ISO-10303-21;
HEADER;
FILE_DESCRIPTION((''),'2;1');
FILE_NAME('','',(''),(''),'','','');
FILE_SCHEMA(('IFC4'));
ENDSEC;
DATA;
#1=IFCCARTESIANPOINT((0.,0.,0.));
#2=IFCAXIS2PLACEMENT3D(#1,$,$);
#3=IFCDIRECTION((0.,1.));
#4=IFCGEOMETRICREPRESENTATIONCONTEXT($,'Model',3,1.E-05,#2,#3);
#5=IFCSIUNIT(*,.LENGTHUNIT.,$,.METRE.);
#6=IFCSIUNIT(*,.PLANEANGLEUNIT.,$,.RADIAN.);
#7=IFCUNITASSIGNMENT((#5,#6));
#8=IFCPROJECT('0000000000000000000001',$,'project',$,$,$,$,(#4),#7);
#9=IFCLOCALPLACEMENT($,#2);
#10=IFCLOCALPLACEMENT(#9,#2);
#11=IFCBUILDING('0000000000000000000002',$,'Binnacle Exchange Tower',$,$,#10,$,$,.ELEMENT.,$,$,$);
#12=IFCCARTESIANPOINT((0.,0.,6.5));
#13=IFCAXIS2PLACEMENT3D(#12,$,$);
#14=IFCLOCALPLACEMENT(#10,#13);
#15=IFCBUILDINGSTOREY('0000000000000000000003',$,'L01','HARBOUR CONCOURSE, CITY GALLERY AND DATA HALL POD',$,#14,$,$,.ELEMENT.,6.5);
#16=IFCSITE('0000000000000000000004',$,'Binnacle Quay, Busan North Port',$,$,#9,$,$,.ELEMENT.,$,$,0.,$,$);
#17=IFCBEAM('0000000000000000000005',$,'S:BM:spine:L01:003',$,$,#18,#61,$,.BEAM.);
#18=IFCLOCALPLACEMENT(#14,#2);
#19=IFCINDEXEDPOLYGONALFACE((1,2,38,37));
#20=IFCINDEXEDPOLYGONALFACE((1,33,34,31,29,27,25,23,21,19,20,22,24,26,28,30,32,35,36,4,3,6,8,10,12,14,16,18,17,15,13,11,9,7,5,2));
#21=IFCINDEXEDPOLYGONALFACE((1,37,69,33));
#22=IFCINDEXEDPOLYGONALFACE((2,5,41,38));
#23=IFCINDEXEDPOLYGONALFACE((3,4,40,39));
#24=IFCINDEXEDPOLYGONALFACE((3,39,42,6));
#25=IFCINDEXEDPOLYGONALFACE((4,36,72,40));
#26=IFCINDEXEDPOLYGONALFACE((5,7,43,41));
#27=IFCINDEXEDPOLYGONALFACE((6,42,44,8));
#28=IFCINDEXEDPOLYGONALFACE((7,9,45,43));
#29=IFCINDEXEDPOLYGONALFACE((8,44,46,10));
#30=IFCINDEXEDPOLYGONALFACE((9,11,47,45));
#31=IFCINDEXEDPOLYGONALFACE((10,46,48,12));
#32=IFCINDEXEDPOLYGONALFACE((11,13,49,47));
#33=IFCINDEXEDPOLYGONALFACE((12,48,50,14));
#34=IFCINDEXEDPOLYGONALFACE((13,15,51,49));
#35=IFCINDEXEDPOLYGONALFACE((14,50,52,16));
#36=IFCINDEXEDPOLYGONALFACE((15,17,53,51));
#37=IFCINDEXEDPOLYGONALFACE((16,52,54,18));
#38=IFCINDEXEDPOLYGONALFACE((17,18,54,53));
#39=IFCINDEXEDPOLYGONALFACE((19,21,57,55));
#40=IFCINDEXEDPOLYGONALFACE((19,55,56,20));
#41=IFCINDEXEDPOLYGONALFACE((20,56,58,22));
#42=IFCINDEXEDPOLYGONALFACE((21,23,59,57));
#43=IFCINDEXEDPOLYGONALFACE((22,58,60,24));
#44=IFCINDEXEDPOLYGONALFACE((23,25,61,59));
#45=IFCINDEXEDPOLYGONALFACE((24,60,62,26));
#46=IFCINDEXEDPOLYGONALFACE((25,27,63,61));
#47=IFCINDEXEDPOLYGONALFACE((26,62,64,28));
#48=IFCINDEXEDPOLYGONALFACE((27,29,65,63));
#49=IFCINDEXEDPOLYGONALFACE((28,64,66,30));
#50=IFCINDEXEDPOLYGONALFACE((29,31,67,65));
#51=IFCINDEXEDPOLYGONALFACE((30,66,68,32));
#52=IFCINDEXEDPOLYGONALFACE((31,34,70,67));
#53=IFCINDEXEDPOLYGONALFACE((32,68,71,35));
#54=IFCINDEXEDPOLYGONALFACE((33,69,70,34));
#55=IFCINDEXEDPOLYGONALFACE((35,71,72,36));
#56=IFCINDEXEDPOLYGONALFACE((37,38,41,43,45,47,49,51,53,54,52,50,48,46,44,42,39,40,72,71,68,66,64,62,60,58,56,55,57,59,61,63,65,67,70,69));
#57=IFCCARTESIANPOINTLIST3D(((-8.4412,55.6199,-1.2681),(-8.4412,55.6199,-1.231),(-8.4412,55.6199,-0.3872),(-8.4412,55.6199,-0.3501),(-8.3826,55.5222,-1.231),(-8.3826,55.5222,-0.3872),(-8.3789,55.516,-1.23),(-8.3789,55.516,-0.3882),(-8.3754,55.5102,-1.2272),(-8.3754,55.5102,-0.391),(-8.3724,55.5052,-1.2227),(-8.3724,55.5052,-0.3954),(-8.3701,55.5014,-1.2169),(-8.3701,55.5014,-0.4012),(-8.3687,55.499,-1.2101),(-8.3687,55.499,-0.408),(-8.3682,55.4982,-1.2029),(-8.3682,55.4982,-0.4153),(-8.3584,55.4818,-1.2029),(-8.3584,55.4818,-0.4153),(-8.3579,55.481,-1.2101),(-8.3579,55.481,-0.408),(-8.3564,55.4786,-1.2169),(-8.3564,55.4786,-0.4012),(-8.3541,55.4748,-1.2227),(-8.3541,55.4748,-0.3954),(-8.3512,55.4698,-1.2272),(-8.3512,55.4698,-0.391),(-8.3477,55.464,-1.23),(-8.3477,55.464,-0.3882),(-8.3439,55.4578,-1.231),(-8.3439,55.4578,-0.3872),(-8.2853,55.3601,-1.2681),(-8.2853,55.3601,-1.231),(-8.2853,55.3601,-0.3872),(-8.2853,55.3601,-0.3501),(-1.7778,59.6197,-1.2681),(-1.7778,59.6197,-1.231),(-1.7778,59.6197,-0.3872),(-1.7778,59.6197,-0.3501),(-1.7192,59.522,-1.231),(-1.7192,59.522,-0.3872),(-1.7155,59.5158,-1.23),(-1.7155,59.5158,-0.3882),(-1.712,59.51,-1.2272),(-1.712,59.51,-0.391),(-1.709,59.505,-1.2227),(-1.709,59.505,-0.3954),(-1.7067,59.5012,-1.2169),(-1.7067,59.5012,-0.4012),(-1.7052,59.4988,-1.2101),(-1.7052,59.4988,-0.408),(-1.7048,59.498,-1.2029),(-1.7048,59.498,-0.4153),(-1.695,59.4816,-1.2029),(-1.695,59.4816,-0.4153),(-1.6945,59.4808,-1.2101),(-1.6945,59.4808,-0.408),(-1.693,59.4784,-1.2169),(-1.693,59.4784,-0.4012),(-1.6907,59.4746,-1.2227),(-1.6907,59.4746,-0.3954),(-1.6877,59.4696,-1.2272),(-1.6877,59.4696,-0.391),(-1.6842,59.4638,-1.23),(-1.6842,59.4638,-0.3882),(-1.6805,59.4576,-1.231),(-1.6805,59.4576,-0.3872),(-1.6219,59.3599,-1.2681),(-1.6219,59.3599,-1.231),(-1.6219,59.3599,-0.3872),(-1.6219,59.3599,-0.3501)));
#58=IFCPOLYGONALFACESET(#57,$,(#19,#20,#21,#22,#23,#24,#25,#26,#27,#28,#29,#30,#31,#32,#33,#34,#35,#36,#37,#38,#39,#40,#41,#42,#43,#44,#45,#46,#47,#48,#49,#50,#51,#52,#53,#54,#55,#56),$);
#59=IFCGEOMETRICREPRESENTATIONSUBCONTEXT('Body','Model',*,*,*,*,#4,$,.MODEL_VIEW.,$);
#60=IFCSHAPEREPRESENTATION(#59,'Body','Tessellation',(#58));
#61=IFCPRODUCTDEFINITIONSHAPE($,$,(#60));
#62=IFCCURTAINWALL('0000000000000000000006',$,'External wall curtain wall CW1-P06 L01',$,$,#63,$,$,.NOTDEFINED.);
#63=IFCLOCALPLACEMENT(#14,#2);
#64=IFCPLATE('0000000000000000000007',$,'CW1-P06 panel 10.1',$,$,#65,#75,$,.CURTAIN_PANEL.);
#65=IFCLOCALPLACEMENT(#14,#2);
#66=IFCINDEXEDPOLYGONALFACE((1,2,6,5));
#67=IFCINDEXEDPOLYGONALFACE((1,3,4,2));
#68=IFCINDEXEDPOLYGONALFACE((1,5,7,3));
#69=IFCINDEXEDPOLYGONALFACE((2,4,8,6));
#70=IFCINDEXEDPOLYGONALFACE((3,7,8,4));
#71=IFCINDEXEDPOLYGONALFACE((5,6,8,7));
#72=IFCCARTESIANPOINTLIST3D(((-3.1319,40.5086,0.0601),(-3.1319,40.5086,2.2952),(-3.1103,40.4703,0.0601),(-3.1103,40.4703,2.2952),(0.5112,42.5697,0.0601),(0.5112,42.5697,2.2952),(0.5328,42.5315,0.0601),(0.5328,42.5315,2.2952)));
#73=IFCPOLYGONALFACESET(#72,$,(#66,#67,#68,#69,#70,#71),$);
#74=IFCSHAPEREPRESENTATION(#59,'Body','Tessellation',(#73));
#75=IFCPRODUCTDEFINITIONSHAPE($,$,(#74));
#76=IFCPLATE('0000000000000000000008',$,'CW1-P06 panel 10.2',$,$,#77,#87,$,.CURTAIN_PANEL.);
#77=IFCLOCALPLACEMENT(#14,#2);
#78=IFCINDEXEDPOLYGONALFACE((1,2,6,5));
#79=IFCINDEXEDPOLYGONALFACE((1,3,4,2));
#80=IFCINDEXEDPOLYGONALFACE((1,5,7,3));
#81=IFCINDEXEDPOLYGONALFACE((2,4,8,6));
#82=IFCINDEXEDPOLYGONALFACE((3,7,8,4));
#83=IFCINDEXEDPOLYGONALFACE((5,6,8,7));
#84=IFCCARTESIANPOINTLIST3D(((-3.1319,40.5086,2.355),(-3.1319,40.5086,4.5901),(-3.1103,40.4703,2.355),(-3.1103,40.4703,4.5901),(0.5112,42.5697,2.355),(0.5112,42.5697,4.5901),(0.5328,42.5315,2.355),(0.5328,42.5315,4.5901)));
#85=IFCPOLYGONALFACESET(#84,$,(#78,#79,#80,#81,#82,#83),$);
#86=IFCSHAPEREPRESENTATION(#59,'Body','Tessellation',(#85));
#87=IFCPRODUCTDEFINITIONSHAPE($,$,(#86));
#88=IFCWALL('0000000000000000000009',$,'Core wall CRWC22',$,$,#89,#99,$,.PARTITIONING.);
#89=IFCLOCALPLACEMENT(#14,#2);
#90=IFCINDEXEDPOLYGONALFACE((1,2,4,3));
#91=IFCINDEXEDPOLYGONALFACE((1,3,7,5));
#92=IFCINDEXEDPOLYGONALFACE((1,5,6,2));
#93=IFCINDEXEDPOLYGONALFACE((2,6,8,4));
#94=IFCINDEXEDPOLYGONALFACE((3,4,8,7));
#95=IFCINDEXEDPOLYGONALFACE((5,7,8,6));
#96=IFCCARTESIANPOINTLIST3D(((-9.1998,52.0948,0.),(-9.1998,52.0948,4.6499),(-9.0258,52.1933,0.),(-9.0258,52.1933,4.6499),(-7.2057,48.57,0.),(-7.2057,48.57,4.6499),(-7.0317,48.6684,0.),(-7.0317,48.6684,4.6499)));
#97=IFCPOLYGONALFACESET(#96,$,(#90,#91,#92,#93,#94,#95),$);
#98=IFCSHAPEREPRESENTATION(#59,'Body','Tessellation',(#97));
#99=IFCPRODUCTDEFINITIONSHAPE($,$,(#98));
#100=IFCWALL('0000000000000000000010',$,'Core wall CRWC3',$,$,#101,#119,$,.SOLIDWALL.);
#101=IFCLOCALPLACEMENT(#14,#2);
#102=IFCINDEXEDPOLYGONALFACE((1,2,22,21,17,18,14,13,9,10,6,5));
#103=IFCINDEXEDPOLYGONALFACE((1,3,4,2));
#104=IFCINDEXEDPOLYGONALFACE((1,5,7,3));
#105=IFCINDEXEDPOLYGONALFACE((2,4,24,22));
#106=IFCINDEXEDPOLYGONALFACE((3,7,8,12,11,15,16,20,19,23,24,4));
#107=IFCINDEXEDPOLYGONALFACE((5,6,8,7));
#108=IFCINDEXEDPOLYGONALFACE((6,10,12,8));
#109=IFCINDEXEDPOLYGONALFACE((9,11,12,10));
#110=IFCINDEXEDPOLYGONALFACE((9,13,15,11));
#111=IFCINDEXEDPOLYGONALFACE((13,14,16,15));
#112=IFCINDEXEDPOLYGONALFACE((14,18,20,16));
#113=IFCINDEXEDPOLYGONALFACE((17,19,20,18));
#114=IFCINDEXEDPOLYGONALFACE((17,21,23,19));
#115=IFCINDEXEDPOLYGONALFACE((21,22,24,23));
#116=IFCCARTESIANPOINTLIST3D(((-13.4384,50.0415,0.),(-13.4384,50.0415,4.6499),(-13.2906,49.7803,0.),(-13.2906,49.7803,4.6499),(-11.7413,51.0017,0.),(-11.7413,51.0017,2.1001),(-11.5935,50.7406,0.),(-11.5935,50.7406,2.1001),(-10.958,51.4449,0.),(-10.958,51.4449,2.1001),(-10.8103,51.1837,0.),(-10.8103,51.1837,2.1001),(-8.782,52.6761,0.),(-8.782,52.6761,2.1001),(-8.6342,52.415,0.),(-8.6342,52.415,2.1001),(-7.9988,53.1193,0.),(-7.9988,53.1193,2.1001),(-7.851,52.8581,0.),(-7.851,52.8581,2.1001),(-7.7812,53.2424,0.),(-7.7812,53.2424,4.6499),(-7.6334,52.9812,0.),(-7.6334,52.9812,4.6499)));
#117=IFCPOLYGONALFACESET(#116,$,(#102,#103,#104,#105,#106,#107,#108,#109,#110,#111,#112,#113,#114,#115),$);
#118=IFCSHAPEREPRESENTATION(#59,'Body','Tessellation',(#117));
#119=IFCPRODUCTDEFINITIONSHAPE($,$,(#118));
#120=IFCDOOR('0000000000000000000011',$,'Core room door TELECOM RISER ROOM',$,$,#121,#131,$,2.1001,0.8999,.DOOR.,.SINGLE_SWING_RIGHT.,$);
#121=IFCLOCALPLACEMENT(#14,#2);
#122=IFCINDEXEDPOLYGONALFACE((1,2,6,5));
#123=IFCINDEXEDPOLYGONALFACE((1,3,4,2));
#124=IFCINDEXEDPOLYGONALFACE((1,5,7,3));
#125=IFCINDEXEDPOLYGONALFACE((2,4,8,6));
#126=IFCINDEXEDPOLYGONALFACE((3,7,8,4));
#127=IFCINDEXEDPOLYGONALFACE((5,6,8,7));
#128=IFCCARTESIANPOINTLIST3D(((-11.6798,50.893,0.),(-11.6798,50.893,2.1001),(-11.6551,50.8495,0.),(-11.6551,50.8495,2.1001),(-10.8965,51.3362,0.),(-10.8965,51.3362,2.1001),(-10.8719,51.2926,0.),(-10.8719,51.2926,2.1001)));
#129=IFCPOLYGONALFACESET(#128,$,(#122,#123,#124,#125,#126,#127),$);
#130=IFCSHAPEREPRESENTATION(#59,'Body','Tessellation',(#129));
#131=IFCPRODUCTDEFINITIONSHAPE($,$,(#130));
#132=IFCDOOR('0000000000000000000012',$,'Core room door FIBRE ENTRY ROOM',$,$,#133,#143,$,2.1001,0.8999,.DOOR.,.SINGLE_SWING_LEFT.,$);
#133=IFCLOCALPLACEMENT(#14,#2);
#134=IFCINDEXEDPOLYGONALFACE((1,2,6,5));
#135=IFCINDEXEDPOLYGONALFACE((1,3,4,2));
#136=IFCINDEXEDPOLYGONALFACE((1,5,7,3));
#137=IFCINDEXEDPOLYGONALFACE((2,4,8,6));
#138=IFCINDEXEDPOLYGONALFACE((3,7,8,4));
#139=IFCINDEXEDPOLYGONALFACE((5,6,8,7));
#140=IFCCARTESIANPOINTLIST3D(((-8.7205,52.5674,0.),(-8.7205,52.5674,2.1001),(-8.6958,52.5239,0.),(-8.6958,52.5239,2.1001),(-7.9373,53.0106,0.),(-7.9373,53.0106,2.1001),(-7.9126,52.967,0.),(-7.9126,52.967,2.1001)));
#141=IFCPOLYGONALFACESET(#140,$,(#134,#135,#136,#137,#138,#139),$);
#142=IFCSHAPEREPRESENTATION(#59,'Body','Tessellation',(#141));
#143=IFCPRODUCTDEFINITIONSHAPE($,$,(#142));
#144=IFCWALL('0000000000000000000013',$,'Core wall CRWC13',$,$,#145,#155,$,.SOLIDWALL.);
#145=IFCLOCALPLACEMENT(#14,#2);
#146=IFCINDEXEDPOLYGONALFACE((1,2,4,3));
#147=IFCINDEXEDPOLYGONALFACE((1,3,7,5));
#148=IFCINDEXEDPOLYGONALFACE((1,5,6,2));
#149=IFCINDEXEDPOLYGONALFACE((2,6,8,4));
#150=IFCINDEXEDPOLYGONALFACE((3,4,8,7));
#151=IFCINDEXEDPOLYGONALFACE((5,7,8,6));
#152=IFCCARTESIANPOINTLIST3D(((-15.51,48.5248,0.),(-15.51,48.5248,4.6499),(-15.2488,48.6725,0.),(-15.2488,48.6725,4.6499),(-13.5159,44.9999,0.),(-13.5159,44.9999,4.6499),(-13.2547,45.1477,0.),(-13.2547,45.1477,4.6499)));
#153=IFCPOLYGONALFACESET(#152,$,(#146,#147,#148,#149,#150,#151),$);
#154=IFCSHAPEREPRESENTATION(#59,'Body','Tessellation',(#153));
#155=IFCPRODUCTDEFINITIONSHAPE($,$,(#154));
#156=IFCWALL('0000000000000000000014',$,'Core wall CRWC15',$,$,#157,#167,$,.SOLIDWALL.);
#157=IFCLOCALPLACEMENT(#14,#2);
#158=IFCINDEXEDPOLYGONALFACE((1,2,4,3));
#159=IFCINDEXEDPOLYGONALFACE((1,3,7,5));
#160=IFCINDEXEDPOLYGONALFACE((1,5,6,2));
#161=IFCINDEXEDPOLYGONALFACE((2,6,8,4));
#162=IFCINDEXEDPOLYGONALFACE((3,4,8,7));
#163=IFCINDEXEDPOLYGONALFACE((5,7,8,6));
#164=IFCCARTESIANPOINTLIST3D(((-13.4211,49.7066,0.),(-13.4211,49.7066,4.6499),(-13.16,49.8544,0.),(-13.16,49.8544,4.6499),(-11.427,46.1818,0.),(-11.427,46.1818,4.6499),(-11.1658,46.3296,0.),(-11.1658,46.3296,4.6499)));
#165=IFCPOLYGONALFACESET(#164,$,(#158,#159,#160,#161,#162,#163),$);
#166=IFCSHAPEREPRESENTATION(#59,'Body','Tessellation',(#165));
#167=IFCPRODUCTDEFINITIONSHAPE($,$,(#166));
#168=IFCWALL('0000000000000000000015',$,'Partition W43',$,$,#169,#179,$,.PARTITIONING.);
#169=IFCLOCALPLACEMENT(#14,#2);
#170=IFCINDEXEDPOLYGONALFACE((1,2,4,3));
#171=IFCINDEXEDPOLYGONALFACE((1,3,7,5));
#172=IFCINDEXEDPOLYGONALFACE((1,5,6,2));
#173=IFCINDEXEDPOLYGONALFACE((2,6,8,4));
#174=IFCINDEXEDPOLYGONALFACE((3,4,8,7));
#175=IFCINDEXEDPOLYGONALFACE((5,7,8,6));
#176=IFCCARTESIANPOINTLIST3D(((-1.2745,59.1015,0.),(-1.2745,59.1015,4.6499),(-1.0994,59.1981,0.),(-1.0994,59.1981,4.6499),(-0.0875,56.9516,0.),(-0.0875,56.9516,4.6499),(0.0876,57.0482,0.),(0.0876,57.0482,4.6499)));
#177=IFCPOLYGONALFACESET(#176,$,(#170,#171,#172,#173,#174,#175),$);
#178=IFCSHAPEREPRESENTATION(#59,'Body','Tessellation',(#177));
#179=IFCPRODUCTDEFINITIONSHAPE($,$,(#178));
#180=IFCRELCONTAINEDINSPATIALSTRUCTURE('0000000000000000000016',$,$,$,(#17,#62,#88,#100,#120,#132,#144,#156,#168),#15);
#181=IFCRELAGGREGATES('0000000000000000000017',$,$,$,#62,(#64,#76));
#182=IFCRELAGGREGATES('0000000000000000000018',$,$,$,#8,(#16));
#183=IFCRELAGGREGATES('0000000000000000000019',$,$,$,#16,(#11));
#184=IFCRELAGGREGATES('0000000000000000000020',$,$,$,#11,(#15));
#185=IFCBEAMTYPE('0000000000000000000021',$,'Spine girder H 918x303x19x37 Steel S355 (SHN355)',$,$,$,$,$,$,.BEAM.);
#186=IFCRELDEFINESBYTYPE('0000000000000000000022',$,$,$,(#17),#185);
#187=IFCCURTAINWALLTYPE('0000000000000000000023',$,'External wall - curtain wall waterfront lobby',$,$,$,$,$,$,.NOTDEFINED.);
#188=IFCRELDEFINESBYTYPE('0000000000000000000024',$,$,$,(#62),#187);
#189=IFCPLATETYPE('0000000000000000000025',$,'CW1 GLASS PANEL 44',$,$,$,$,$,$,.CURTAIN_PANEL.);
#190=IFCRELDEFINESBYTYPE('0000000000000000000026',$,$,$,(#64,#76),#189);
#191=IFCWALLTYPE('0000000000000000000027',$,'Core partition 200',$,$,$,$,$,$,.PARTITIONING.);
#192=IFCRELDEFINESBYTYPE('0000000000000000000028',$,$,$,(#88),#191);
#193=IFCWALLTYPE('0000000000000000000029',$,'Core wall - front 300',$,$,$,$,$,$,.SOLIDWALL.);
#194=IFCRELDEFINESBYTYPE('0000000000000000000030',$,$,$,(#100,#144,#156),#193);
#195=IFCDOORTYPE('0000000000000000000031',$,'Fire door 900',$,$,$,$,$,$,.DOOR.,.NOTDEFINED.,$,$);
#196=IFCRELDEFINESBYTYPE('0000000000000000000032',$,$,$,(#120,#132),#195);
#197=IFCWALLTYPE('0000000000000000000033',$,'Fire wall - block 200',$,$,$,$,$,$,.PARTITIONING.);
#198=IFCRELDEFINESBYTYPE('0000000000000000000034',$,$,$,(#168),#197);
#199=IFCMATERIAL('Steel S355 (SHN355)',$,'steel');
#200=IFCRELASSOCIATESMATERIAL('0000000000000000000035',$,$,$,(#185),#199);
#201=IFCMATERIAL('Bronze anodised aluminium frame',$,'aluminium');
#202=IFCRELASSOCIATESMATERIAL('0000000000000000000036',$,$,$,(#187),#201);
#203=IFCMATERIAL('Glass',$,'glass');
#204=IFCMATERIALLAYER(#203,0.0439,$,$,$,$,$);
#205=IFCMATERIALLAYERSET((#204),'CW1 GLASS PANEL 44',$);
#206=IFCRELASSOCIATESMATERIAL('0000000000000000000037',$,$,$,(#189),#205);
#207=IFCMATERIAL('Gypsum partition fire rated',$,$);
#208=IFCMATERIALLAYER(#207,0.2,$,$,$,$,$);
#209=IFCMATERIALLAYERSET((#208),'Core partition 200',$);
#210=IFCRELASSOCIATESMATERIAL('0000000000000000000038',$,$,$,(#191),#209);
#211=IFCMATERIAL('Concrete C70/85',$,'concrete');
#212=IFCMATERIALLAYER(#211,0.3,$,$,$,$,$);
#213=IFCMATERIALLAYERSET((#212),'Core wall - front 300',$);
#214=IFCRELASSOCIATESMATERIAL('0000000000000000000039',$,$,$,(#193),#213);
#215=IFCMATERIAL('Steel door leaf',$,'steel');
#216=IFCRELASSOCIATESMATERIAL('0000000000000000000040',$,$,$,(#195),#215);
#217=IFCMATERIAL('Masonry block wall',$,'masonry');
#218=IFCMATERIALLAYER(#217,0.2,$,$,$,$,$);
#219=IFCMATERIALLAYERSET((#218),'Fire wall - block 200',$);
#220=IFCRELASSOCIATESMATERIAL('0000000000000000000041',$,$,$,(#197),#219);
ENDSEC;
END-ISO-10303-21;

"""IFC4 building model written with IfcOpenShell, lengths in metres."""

from ifc_helpers import new_model, si_unit, direction, frame, frame_2d, origin, origin_2d, place, context, subcontext, project, spatial, rectangle, i_section, extrude, material, layer, layer_set, material_profile, profile_set, type_object, element, fill, aggregate, save


model = new_model("IFC4")

# Units and contexts
model_context = context("Model", 3, precision=1e-05, world=origin(), true_north=direction((0.0, 1.0)))
body_context = subcontext(model_context, "Body", "Model", "MODEL_VIEW")
ifc_project = project(units=[si_unit("LENGTHUNIT", "METRE"), si_unit("PLANEANGLEUNIT", "RADIAN")], contexts=[model_context])

# Site, building, storey
site_placement = place(None, origin())
site = spatial("IfcSite", under=ifc_project, at=site_placement, Name="Binnacle Quay, Busan North Port", CompositionType="ELEMENT", RefElevation=0.0)
building_placement = place(site_placement, origin())
building = spatial("IfcBuilding", under=site, at=building_placement, Name="Binnacle Exchange Tower", CompositionType="ELEMENT")
storey_placement = place(building_placement, frame((0.0, 0.0, 6.5)))
storey = spatial("IfcBuildingStorey", under=building, at=storey_placement, Name="L01", Description="HARBOUR CONCOURSE, CITY GALLERY AND DATA HALL POD", CompositionType="ELEMENT", Elevation=6.5)

# Shared definitions
ifc_material_1 = material(Name="Concrete C70/85", Category="concrete")

# Beam
ifc_material_2 = material(Name="Steel S355 (SHN355)", Category="steel")
ifc_material_profile_1 = material_profile(ifc_material_2, i_section(OverallWidth=0.303, OverallDepth=0.918, WebThickness=0.019, FlangeThickness=0.0371, FilletRadius=0.0281, at=origin_2d()), Name="H 918x303x19x37")
ifc_profile_set_1 = profile_set([ifc_material_profile_1], Name="Steel S355 (SHN355)")
beam_type_1 = type_object("IfcBeamType", Name="Spine girder H 918x303x19x37 Steel S355 (SHN355)", PredefinedType="BEAM", material=ifc_profile_set_1)
beam_1_placement = place(storey_placement, frame((-8.3633, 55.49, -0.8091), z_axis=(0.857393, 0.514662, 0.0), x_axis=(-0.514662, 0.857393, 0.0)))
element("IfcBeam", 1, at=beam_1_placement, inside=storey, type_object=beam_type_1, Name="S:BM:spine:L01:003", PredefinedType="BEAM", context=body_context, shape_type="SweptSolid", body=[
    extrude(i_section(OverallWidth=0.303, OverallDepth=0.918, WebThickness=0.019, FlangeThickness=0.0371, FilletRadius=0.0281, at=origin_2d()), origin(), (0.0, 0.0, 1.0), 7.7717),
])

# Curtain wall, plates
ifc_material_3 = material(Name="Bronze anodised aluminium frame", Category="aluminium")
curtain_wall_type = type_object("IfcCurtainWallType", Name="External wall - curtain wall waterfront lobby", PredefinedType="NOTDEFINED", material=ifc_material_3)
curtain_wall_placement = place(storey_placement, origin())
curtain_wall = element("IfcCurtainWall", 2, at=curtain_wall_placement, inside=storey, type_object=curtain_wall_type, Name="External wall curtain wall CW1-P06 L01", PredefinedType="NOTDEFINED")
ifc_material_4 = material(Name="Glass", Category="glass")
ifc_layer_1 = layer(ifc_material_4, 0.0439)
ifc_layer_set_1 = layer_set([ifc_layer_1], Name="CW1 GLASS PANEL 44")
plate_type = type_object("IfcPlateType", Name="CW1 GLASS PANEL 44", PredefinedType="CURTAIN_PANEL", material=ifc_layer_set_1)
plate_1_placement = place(storey_placement, frame((-1.2996, 41.52, 0.0601), z_axis=(0.0, 0.0, 1.0), x_axis=(0.870356, 0.492424, 0.0)))
plate_1 = element("IfcPlate", 3, at=plate_1_placement, type_object=plate_type, Name="CW1-P06 panel 10.1", PredefinedType="CURTAIN_PANEL", context=body_context, shape_type="SweptSolid", body=[
    extrude(rectangle(XDim=4.1858, YDim=0.0439, at=origin_2d()), origin(), (0.0, 0.0, 1.0), 2.2351),
])
plate_2_placement = place(storey_placement, frame((-1.2996, 41.52, 2.355), z_axis=(0.0, 0.0, 1.0), x_axis=(0.870356, 0.492424, 0.0)))
plate_2 = element("IfcPlate", 4, at=plate_2_placement, type_object=plate_type, Name="CW1-P06 panel 10.2", PredefinedType="CURTAIN_PANEL", context=body_context, shape_type="SweptSolid", body=[
    extrude(rectangle(XDim=4.1858, YDim=0.0439, at=origin_2d()), origin(), (0.0, 0.0, 1.0), 2.2351),
])
aggregate(curtain_wall, [plate_1, plate_2])

# Wall
ifc_material_5 = material(Name="Gypsum partition fire rated")
ifc_layer_2 = layer(ifc_material_5, 0.2)
ifc_layer_set_2 = layer_set([ifc_layer_2], Name="Core partition 200")
wall_type_1 = type_object("IfcWallType", Name="Core partition 200", PredefinedType="PARTITIONING", material=ifc_layer_set_2)
wall_1_placement = place(storey_placement, frame((-9.1128, 52.144, 0.0), z_axis=(0.0, 0.0, 1.0), x_axis=(0.492395, -0.870372, 0.0)))
element("IfcWall", 5, at=wall_1_placement, inside=storey, type_object=wall_type_1, Name="Core wall CRWC22", PredefinedType="PARTITIONING", context=body_context, shape_type="SweptSolid", body=[
    extrude(rectangle(XDim=4.0498, YDim=0.2, at=frame_2d((2.0249, 0.0))), origin(), (0.0, 0.0, 1.0), 4.6499),
])

# Wall, openings, doors
ifc_layer_3 = layer(ifc_material_1, 0.3)
ifc_layer_set_3 = layer_set([ifc_layer_3], Name="Core wall - front 300")
wall_type_2 = type_object("IfcWallType", Name="Core wall - front 300", PredefinedType="SOLIDWALL", material=ifc_layer_set_3)
wall_2_placement = place(storey_placement, frame((-13.3645, 49.9109, 0.0), z_axis=(0.0, 0.0, 1.0), x_axis=(0.870341, 0.49245, 0.0)))
wall_2 = element("IfcWall", 6, at=wall_2_placement, inside=storey, type_object=wall_type_2, Name="Core wall CRWC3", PredefinedType="SOLIDWALL", context=body_context, shape_type="SweptSolid", body=[
    extrude(rectangle(XDim=6.5, YDim=0.3, at=frame_2d((3.25, 0.0))), origin(), (0.0, 0.0, 1.0), 4.6499),
])
opening_1_placement = place(wall_2_placement, frame((1.95, 0.0, 0.0)))
opening_1 = element("IfcOpeningElement", 7, at=opening_1_placement, cuts=wall_2, PredefinedType="OPENING", context=body_context, shape_type="SweptSolid", body=[
    extrude(rectangle(XDim=0.8999, YDim=2.1001, at=frame_2d((0.45, 1.05))), frame((0.0, 0.1599, 0.0), z_axis=(0.0, -1.0, 0.0), x_axis=(1.0, 0.0, 0.0)), (0.0, 0.0, 1.0), 0.3201),
])
opening_2_placement = place(wall_2_placement, frame((5.3501, 0.0, 0.0)))
opening_2 = element("IfcOpeningElement", 8, at=opening_2_placement, cuts=wall_2, PredefinedType="OPENING", context=body_context, shape_type="SweptSolid", body=[
    extrude(rectangle(XDim=0.8999, YDim=2.1001, at=frame_2d((0.45, 1.05))), frame((0.0, 0.1599, 0.0), z_axis=(0.0, -1.0, 0.0), x_axis=(1.0, 0.0, 0.0)), (0.0, 0.0, 1.0), 0.3201),
])
ifc_material_6 = material(Name="Steel door leaf", Category="steel")
door_type_1 = type_object("IfcDoorType", Name="Fire door 900", OperationType="NOTDEFINED", PredefinedType="DOOR", material=ifc_material_6)
door_1_placement = place(opening_1_placement, frame((0.8999, 0.0, 0.0), z_axis=(0.0, 0.0, 1.0), x_axis=(-1.0, 0.0, 0.0)))
door_1 = element("IfcDoor", 9, at=door_1_placement, inside=storey, type_object=door_type_1, Name="Core room door TELECOM RISER ROOM", OperationType="SINGLE_SWING_RIGHT", OverallHeight=2.1001, OverallWidth=0.8999, PredefinedType="DOOR", context=body_context, shape_type="SweptSolid", body=[
    extrude(rectangle(XDim=0.8999, YDim=2.1001, at=frame_2d((0.45, 1.05))), frame((0.0, 0.0249, 0.0), z_axis=(0.0, -1.0, 0.0), x_axis=(1.0, 0.0, 0.0)), (0.0, 0.0, 1.0), 0.05),
])
fill(opening_1, door_1)
door_2_placement = place(opening_2_placement, frame((0.8999, 0.0, 0.0), z_axis=(0.0, 0.0, 1.0), x_axis=(-1.0, 0.0, 0.0)))
door_2 = element("IfcDoor", 10, at=door_2_placement, inside=storey, type_object=door_type_1, Name="Core room door FIBRE ENTRY ROOM", OperationType="SINGLE_SWING_LEFT", OverallHeight=2.1001, OverallWidth=0.8999, PredefinedType="DOOR", context=body_context, shape_type="SweptSolid", body=[
    extrude(rectangle(XDim=0.8999, YDim=2.1001, at=frame_2d((0.45, 1.05))), frame((0.0, 0.0249, 0.0), z_axis=(0.0, -1.0, 0.0), x_axis=(1.0, 0.0, 0.0)), (0.0, 0.0, 1.0), 0.05),
])
fill(opening_2, door_2)

# Walls
for number, where, z_axis, x_axis, name in (
    (11, (-15.3794, 48.5986, 0.0), (0.0, 0.0, 1.0), (0.492395, -0.870372, 0.0), "Core wall CRWC13"),
    (12, (-13.2905, 49.7805, 0.0), (0.0, 0.0, 1.0), (0.492395, -0.870372, 0.0), "Core wall CRWC15"),
):
    element("IfcWall", number, at=place(storey_placement, frame(where, z_axis=z_axis, x_axis=x_axis)), inside=storey, type_object=wall_type_2, Name=name, PredefinedType="SOLIDWALL", context=body_context, shape_type="SweptSolid", body=[
        extrude(rectangle(XDim=4.0498, YDim=0.3, at=frame_2d((2.0249, 0.0))), origin(), (0.0, 0.0, 1.0), 4.6499),
    ])
ifc_material_7 = material(Name="Masonry block wall", Category="masonry")
ifc_layer_4 = layer(ifc_material_7, 0.2)
ifc_layer_set_4 = layer_set([ifc_layer_4], Name="Fire wall - block 200")
wall_type_3 = type_object("IfcWallType", Name="Fire wall - block 200", PredefinedType="PARTITIONING", material=ifc_layer_set_4)
wall_3_placement = place(storey_placement, frame((-1.187, 59.1499, 0.0), z_axis=(0.0, 0.0, 1.0), x_axis=(0.483345, -0.87543, 0.0)))
element("IfcWall", 13, at=wall_3_placement, inside=storey, type_object=wall_type_3, Name="Partition W43", PredefinedType="PARTITIONING", context=body_context, shape_type="SweptSolid", body=[
    extrude(rectangle(XDim=2.4558, YDim=0.2, at=frame_2d((1.228, 0.0))), origin(), (0.0, 0.0, 1.0), 4.6499),
])

save(model, "model.ifc")
